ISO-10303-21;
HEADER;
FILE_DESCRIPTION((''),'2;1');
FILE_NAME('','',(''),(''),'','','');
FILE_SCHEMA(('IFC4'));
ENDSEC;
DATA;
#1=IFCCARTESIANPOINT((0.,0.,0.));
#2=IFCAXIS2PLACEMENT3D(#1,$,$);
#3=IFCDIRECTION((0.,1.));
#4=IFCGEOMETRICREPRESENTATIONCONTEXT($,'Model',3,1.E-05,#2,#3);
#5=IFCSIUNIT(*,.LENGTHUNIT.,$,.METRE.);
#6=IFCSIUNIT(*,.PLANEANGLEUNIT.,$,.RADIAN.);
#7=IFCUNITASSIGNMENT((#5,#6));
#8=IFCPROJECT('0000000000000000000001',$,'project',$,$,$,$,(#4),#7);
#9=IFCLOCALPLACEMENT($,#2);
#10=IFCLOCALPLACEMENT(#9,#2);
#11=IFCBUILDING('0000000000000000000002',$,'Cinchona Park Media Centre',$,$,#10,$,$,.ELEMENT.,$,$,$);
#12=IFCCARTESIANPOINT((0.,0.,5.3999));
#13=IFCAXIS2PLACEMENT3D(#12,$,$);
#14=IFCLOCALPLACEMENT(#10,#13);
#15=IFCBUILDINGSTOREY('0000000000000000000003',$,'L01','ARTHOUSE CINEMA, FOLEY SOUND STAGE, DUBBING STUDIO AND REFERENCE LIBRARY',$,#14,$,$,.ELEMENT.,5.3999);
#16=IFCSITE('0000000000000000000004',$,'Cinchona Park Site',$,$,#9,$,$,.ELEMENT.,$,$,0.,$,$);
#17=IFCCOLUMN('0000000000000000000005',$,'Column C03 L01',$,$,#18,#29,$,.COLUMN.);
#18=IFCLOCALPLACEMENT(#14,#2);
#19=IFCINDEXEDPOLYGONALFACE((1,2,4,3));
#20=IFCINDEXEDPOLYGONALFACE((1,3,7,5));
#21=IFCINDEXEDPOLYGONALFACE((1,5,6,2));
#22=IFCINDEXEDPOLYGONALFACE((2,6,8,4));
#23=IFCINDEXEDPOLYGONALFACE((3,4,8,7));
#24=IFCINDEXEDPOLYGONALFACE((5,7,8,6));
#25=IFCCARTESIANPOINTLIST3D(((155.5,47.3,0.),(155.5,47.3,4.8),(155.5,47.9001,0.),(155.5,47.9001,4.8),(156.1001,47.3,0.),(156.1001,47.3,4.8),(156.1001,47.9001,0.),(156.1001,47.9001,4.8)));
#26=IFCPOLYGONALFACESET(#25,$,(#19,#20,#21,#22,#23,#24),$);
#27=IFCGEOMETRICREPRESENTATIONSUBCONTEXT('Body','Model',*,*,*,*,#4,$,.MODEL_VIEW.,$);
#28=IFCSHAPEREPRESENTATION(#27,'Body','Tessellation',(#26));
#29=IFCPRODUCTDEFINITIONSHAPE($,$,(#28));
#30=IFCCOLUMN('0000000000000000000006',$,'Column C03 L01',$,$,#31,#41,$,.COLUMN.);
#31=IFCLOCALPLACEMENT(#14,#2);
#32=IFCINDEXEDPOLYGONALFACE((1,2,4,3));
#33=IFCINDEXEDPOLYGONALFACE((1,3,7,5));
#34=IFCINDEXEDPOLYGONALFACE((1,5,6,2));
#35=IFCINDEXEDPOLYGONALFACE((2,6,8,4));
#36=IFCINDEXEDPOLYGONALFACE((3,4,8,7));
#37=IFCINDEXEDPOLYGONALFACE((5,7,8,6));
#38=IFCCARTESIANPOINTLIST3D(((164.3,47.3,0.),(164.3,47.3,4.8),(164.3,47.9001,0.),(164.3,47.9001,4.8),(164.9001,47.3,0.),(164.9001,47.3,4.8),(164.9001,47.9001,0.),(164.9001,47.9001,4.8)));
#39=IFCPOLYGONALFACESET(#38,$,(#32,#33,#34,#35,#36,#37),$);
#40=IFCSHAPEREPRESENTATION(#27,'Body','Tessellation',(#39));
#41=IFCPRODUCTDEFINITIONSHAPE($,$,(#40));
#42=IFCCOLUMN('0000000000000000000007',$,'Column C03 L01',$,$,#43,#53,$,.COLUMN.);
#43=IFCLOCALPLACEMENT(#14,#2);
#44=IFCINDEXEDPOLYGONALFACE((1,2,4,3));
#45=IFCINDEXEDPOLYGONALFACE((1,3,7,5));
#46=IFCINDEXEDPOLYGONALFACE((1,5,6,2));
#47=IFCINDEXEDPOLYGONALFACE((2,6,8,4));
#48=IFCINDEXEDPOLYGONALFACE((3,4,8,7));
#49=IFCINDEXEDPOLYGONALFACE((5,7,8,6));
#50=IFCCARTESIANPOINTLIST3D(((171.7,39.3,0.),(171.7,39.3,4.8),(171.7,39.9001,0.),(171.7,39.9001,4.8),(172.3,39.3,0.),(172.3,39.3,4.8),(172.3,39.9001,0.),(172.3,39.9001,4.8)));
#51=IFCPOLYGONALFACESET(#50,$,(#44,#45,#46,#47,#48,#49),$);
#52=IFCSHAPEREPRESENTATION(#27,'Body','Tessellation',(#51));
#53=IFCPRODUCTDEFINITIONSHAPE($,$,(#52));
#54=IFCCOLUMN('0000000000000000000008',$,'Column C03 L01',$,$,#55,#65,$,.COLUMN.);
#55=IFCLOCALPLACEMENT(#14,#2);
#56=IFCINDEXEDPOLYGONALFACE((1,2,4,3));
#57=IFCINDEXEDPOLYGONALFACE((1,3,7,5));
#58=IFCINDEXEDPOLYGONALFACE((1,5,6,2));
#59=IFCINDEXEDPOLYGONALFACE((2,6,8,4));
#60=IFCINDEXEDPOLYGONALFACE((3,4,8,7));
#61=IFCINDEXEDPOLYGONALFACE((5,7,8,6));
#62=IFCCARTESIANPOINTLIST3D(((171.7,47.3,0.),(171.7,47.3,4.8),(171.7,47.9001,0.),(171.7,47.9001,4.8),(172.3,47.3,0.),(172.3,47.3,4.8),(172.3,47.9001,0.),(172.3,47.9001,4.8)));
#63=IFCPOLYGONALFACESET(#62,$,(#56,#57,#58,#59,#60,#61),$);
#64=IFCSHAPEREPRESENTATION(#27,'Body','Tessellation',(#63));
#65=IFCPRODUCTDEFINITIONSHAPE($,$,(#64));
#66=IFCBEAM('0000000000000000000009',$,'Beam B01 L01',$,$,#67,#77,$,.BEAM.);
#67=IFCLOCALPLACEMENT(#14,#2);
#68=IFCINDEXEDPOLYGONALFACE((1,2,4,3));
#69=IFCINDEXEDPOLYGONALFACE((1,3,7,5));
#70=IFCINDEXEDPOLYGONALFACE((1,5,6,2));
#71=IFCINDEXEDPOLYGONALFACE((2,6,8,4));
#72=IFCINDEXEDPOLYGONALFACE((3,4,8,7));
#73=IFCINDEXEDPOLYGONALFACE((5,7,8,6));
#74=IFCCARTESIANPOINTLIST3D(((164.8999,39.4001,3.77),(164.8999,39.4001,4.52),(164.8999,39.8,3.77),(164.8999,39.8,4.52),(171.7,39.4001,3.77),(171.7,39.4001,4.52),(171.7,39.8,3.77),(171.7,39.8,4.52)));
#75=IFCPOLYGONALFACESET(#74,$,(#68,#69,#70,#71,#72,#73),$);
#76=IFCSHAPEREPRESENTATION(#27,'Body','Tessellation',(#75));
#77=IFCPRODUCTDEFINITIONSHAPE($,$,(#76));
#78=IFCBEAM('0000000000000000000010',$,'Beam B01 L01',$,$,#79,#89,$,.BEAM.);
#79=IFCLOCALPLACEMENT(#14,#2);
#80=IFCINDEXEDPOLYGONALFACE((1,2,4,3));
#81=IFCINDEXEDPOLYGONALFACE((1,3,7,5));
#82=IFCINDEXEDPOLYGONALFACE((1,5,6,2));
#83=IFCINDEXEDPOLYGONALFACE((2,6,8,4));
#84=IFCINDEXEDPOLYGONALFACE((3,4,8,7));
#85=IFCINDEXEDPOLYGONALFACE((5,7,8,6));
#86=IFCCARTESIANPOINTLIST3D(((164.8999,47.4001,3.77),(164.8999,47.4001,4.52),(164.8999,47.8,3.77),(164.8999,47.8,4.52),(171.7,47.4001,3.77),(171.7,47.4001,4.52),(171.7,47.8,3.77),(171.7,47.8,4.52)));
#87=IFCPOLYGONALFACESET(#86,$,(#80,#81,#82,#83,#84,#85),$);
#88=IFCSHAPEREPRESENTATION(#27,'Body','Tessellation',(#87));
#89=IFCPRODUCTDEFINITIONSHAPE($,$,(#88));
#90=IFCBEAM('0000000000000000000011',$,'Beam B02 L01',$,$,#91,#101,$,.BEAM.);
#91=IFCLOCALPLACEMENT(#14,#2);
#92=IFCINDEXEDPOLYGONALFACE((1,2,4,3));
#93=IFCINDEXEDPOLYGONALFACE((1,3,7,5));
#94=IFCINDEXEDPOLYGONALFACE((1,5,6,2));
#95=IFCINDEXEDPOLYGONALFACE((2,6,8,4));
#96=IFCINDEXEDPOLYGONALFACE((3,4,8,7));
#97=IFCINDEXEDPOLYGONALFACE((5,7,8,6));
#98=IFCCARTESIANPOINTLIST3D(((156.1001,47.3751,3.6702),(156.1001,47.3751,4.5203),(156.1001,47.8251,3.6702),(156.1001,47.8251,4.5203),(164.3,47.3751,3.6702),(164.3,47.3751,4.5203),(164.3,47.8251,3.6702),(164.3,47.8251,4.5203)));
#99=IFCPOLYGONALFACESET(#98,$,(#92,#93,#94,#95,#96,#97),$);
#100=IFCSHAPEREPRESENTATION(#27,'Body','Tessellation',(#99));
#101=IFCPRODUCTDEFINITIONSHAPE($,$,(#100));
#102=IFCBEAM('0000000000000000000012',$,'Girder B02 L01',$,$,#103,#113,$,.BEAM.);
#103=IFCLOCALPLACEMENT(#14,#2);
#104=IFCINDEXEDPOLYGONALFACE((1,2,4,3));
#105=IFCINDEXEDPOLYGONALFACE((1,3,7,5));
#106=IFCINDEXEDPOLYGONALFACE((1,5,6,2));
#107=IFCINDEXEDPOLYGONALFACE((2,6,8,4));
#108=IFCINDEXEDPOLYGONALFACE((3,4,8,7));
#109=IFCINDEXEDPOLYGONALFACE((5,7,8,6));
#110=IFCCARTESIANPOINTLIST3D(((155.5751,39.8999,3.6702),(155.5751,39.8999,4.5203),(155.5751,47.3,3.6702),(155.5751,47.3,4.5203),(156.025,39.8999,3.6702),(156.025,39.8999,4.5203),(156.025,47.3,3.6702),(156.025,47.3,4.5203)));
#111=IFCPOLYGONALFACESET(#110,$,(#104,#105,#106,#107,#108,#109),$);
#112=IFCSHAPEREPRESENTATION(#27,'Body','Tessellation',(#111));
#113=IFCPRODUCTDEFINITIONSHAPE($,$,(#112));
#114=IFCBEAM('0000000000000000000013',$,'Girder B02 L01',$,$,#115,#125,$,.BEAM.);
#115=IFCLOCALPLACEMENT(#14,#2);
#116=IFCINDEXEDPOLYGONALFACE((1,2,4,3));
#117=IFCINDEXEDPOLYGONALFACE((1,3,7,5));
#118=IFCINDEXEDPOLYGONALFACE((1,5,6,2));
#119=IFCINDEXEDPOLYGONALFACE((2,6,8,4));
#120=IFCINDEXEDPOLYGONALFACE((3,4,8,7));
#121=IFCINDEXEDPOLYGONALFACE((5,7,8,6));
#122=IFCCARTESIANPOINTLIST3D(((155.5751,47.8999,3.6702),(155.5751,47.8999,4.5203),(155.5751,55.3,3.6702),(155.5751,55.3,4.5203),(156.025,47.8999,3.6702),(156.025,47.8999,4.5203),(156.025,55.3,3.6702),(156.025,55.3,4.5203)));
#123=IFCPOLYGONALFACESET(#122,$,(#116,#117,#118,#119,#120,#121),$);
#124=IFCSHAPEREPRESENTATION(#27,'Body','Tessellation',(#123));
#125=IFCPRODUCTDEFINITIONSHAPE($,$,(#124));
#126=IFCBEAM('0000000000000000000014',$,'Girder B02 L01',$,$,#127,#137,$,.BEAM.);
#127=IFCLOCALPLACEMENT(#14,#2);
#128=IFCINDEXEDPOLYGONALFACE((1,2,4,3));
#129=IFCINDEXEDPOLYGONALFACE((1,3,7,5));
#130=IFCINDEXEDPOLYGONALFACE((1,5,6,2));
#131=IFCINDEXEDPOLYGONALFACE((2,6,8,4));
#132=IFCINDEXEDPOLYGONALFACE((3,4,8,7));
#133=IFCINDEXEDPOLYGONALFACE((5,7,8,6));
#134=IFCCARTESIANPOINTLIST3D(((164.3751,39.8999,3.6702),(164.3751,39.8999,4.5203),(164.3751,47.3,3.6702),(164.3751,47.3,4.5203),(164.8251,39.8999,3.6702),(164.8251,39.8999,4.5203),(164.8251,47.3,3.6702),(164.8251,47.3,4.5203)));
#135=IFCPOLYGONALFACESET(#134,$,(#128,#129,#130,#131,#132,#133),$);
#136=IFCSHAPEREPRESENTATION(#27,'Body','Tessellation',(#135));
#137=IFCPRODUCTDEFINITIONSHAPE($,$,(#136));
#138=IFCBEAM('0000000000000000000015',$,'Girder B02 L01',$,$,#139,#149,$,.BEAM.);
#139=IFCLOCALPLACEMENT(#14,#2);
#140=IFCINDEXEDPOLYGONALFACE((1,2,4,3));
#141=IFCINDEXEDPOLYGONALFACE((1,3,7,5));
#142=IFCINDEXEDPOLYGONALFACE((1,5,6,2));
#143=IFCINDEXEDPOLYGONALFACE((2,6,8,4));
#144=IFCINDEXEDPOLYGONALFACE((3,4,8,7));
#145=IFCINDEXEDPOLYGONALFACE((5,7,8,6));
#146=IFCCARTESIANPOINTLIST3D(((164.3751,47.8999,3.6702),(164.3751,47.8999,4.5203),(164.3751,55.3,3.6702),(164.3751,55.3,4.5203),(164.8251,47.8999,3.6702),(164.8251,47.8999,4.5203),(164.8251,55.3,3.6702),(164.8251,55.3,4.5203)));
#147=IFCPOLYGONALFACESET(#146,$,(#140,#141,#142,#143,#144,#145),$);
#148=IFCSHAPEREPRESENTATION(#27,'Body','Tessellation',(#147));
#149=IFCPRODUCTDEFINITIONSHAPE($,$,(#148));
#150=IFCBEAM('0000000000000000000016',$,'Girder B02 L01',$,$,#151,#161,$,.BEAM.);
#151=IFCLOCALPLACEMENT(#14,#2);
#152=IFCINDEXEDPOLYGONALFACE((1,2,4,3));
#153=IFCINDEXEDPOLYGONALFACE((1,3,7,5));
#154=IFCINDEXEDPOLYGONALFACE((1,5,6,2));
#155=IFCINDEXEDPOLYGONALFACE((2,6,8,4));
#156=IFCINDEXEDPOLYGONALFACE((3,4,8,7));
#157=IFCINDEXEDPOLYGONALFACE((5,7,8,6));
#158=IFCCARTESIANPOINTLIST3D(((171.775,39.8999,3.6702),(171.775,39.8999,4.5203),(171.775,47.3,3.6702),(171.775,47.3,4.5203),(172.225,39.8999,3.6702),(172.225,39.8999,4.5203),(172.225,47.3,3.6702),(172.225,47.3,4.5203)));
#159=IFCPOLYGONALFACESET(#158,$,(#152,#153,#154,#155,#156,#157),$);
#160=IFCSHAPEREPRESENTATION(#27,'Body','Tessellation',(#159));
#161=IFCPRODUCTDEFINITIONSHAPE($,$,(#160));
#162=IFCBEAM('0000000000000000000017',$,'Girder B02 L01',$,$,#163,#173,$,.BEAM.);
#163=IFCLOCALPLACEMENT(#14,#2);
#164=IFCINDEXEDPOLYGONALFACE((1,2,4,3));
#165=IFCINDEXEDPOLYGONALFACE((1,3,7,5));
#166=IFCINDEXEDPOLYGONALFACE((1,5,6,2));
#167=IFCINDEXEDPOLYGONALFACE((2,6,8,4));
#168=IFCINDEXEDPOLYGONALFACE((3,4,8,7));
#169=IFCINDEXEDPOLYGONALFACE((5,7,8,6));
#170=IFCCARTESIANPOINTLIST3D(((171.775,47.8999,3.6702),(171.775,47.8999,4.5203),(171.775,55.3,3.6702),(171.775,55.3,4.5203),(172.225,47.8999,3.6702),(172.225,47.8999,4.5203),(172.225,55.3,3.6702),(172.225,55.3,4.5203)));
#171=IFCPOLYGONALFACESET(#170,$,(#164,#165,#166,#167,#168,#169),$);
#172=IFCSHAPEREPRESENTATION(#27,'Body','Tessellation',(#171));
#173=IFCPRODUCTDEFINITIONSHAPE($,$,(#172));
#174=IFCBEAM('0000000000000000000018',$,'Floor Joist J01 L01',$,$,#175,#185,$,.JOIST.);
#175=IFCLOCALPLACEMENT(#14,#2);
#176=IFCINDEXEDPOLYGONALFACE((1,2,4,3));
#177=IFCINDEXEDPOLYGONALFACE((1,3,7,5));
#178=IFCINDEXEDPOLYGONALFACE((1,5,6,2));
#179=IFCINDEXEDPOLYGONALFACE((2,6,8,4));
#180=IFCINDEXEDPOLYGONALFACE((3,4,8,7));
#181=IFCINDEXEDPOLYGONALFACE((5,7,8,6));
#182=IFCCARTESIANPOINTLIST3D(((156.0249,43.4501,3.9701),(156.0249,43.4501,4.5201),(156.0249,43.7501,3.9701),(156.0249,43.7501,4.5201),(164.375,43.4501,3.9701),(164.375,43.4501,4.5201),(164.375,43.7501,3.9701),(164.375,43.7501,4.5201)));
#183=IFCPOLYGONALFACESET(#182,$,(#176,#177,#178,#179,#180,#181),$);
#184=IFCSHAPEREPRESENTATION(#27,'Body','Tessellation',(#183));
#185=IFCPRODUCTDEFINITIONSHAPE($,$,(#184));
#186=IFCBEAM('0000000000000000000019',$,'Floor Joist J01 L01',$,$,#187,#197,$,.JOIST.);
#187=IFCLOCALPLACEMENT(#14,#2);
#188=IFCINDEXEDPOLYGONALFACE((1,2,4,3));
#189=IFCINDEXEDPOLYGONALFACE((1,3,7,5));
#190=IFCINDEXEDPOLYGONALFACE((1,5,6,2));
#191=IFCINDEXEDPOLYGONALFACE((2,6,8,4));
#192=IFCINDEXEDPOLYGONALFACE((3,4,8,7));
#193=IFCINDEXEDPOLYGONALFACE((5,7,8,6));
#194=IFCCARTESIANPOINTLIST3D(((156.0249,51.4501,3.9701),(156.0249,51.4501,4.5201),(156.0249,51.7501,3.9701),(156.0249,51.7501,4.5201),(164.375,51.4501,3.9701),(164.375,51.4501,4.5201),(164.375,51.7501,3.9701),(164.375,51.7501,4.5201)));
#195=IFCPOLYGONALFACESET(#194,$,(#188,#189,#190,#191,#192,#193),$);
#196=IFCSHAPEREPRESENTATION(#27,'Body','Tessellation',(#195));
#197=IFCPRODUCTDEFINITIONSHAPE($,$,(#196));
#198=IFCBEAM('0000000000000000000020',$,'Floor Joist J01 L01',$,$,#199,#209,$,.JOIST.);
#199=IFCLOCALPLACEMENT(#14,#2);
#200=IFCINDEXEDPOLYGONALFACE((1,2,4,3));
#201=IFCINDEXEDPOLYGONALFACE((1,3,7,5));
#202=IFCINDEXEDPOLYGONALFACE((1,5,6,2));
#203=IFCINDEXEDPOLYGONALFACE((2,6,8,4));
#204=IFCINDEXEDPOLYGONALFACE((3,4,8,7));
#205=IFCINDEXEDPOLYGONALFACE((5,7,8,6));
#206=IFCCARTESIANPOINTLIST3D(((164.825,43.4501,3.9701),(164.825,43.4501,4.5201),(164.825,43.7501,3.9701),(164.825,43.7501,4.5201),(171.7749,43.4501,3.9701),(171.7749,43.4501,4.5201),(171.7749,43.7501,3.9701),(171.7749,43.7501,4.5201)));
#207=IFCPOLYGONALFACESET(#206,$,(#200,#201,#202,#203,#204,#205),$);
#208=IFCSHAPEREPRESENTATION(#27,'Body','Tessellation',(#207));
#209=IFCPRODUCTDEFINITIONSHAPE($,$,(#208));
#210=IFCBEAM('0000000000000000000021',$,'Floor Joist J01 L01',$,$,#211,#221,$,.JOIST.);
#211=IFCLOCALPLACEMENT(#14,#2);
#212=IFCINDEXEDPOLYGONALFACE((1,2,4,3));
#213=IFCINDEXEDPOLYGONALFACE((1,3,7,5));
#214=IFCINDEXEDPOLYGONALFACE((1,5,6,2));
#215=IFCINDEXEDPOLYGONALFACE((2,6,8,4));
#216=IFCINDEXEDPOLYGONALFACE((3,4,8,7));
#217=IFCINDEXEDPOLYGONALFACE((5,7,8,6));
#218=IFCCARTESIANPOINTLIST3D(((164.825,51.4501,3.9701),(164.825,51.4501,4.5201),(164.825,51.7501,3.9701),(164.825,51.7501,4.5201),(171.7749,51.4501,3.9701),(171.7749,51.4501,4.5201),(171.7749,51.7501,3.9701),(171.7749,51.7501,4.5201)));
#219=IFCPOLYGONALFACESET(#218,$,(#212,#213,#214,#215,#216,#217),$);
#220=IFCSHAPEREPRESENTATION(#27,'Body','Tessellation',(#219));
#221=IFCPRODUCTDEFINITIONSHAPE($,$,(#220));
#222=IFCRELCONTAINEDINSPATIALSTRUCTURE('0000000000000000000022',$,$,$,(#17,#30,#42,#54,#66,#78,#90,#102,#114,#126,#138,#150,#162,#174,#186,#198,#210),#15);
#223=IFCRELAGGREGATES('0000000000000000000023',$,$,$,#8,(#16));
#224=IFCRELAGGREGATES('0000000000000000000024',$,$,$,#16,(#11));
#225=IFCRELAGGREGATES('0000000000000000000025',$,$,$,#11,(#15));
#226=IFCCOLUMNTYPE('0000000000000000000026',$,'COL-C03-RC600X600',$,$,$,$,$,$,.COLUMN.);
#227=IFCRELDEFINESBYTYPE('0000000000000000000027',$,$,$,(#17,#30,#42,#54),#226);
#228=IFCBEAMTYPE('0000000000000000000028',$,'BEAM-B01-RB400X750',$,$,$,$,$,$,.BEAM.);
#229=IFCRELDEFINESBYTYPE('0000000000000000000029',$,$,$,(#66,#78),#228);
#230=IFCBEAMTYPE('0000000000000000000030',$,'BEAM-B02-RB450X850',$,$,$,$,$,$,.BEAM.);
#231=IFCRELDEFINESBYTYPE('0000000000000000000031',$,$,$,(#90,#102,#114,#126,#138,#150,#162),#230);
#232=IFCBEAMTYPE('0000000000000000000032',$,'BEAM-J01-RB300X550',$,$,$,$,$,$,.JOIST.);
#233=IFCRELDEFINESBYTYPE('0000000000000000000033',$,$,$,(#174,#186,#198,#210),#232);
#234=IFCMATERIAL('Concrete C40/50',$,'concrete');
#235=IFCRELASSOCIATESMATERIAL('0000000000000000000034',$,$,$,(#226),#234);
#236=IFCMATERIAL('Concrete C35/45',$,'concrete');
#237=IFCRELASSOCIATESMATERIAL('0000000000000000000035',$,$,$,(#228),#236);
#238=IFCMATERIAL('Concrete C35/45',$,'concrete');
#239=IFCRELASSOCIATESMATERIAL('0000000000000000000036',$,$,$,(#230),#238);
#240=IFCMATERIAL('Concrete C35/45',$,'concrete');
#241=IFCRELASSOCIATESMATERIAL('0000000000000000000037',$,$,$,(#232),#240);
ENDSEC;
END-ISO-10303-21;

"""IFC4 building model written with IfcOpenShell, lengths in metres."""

from ifc_helpers import new_model, si_unit, direction, frame, origin, origin_2d, place, context, subcontext, project, spatial, rectangle, extrude, material, material_profile, profile_set, type_object, element, save


model = new_model("IFC4")

# Units and contexts
model_context = context("Model", 3, precision=1e-05, world=origin(), true_north=direction((0.0, 1.0)))
body_context = subcontext(model_context, "Body", "Model", "MODEL_VIEW")
ifc_project = project(units=[si_unit("LENGTHUNIT", "METRE"), si_unit("PLANEANGLEUNIT", "RADIAN")], contexts=[model_context])

# Site, building, storey
site_placement = place(None, origin())
site = spatial("IfcSite", under=ifc_project, at=site_placement, Name="Cinchona Park Site", CompositionType="ELEMENT", RefElevation=0.0)
building_placement = place(site_placement, origin())
building = spatial("IfcBuilding", under=site, at=building_placement, Name="Cinchona Park Media Centre", CompositionType="ELEMENT")
storey_placement = place(building_placement, frame((0.0, 0.0, 5.3999)))
storey = spatial("IfcBuildingStorey", under=building, at=storey_placement, Name="L01", Description="ARTHOUSE CINEMA, FOLEY SOUND STAGE, DUBBING STUDIO AND REFERENCE LIBRARY", CompositionType="ELEMENT", Elevation=5.3999)

# Columns
ifc_material_1 = material(Name="Concrete C40/50", Category="concrete")
ifc_material_profile_1 = material_profile(ifc_material_1, rectangle(XDim=0.6001, YDim=0.6001, at=origin_2d()), Name="RC 600X600")
ifc_profile_set_1 = profile_set([ifc_material_profile_1], Name="Concrete C40/50")
column_type = type_object("IfcColumnType", Name="COL-C03-RC600X600", PredefinedType="COLUMN", material=ifc_profile_set_1)
for number, where, z_axis, x_axis, name in (
    (1, (155.8, 47.6001, 0.0), (0.0, 0.0, 1.0), (1.0, 0.0, 0.0), "Column C03 L01"),
    (2, (164.6001, 47.6001, 0.0), (0.0, 0.0, 1.0), (1.0, 0.0, 0.0), "Column C03 L01"),
    (3, (172.0, 39.6001, 0.0), (0.0, 0.0, 1.0), (1.0, 0.0, 0.0), "Column C03 L01"),
    (4, (172.0, 47.6001, 0.0), (0.0, 0.0, 1.0), (1.0, 0.0, 0.0), "Column C03 L01"),
):
    element("IfcColumn", number, at=place(storey_placement, frame(where, z_axis=z_axis, x_axis=x_axis)), inside=storey, type_object=column_type, Name=name, PredefinedType="COLUMN", context=body_context, shape_type="SweptSolid", body=[
        extrude(rectangle(XDim=0.6001, YDim=0.6001, at=origin_2d()), origin(), (0.0, 0.0, 1.0), 4.8),
    ])

# Beams
ifc_material_2 = material(Name="Concrete C35/45", Category="concrete")
ifc_material_profile_2 = material_profile(ifc_material_2, rectangle(XDim=0.3999, YDim=0.75, at=origin_2d()), Name="RB 400X750")
ifc_profile_set_2 = profile_set([ifc_material_profile_2], Name="Concrete C35/45")
beam_type_1 = type_object("IfcBeamType", Name="BEAM-B01-RB400X750", PredefinedType="BEAM", material=ifc_profile_set_2)
for number, where, z_axis, x_axis, name in (
    (5, (164.8999, 39.6001, 4.145), (1.0, 0.0, 0.0), (0.0, 1.0, 0.0), "Beam B01 L01"),
    (6, (164.8999, 47.6001, 4.145), (1.0, 0.0, 0.0), (0.0, 1.0, 0.0), "Beam B01 L01"),
):
    element("IfcBeam", number, at=place(storey_placement, frame(where, z_axis=z_axis, x_axis=x_axis)), inside=storey, type_object=beam_type_1, Name=name, PredefinedType="BEAM", context=body_context, shape_type="SweptSolid", body=[
        extrude(rectangle(XDim=0.3999, YDim=0.75, at=origin_2d()), origin(), (0.0, 0.0, 1.0), 6.8),
    ])
ifc_material_3 = material(Name="Concrete C35/45", Category="concrete")
ifc_material_profile_3 = material_profile(ifc_material_3, rectangle(XDim=0.45, YDim=0.8501, at=origin_2d()), Name="RB 450X850")
ifc_profile_set_3 = profile_set([ifc_material_profile_3], Name="Concrete C35/45")
beam_type_2 = type_object("IfcBeamType", Name="BEAM-B02-RB450X850", PredefinedType="BEAM", material=ifc_profile_set_3)
beam_1_placement = place(storey_placement, frame((156.1001, 47.6001, 4.0952), z_axis=(1.0, 0.0, 0.0), x_axis=(0.0, 1.0, 0.0)))
element("IfcBeam", 7, at=beam_1_placement, inside=storey, type_object=beam_type_2, Name="Beam B02 L01", PredefinedType="BEAM", context=body_context, shape_type="SweptSolid", body=[
    extrude(rectangle(XDim=0.45, YDim=0.8501, at=origin_2d()), origin(), (0.0, 0.0, 1.0), 8.2),
])
for number, where, z_axis, x_axis, name in (
    (8, (155.8, 39.8999, 4.0952), (0.0, 1.0, 0.0), (-1.0, 0.0, 0.0), "Girder B02 L01"),
    (9, (155.8, 47.8999, 4.0952), (0.0, 1.0, 0.0), (-1.0, 0.0, 0.0), "Girder B02 L01"),
    (10, (164.6001, 39.8999, 4.0952), (0.0, 1.0, 0.0), (-1.0, 0.0, 0.0), "Girder B02 L01"),
    (11, (164.6001, 47.8999, 4.0952), (0.0, 1.0, 0.0), (-1.0, 0.0, 0.0), "Girder B02 L01"),
    (12, (172.0, 39.8999, 4.0952), (0.0, 1.0, 0.0), (-1.0, 0.0, 0.0), "Girder B02 L01"),
    (13, (172.0, 47.8999, 4.0952), (0.0, 1.0, 0.0), (-1.0, 0.0, 0.0), "Girder B02 L01"),
):
    element("IfcBeam", number, at=place(storey_placement, frame(where, z_axis=z_axis, x_axis=x_axis)), inside=storey, type_object=beam_type_2, Name=name, PredefinedType="BEAM", context=body_context, shape_type="SweptSolid", body=[
        extrude(rectangle(XDim=0.45, YDim=0.8501, at=origin_2d()), origin(), (0.0, 0.0, 1.0), 7.4001),
    ])
ifc_material_4 = material(Name="Concrete C35/45", Category="concrete")
ifc_material_profile_4 = material_profile(ifc_material_4, rectangle(XDim=0.3, YDim=0.55, at=origin_2d()), Name="RB 300X550")
ifc_profile_set_4 = profile_set([ifc_material_profile_4], Name="Concrete C35/45")
beam_type_3 = type_object("IfcBeamType", Name="BEAM-J01-RB300X550", PredefinedType="JOIST", material=ifc_profile_set_4)
for number, where, z_axis, x_axis, name in (
    (14, (156.0249, 43.6001, 4.2451), (1.0, 0.0, 0.0), (0.0, 1.0, 0.0), "Floor Joist J01 L01"),
    (15, (156.0249, 51.6001, 4.2451), (1.0, 0.0, 0.0), (0.0, 1.0, 0.0), "Floor Joist J01 L01"),
):
    element("IfcBeam", number, at=place(storey_placement, frame(where, z_axis=z_axis, x_axis=x_axis)), inside=storey, type_object=beam_type_3, Name=name, PredefinedType="JOIST", context=body_context, shape_type="SweptSolid", body=[
        extrude(rectangle(XDim=0.3, YDim=0.55, at=origin_2d()), origin(), (0.0, 0.0, 1.0), 8.3501),
    ])
for number, where, z_axis, x_axis, name in (
    (16, (164.825, 43.6001, 4.2451), (1.0, 0.0, 0.0), (0.0, 1.0, 0.0), "Floor Joist J01 L01"),
    (17, (164.825, 51.6001, 4.2451), (1.0, 0.0, 0.0), (0.0, 1.0, 0.0), "Floor Joist J01 L01"),
):
    element("IfcBeam", number, at=place(storey_placement, frame(where, z_axis=z_axis, x_axis=x_axis)), inside=storey, type_object=beam_type_3, Name=name, PredefinedType="JOIST", context=body_context, shape_type="SweptSolid", body=[
        extrude(rectangle(XDim=0.3, YDim=0.55, at=origin_2d()), origin(), (0.0, 0.0, 1.0), 6.95),
    ])

save(model, "model.ifc")
